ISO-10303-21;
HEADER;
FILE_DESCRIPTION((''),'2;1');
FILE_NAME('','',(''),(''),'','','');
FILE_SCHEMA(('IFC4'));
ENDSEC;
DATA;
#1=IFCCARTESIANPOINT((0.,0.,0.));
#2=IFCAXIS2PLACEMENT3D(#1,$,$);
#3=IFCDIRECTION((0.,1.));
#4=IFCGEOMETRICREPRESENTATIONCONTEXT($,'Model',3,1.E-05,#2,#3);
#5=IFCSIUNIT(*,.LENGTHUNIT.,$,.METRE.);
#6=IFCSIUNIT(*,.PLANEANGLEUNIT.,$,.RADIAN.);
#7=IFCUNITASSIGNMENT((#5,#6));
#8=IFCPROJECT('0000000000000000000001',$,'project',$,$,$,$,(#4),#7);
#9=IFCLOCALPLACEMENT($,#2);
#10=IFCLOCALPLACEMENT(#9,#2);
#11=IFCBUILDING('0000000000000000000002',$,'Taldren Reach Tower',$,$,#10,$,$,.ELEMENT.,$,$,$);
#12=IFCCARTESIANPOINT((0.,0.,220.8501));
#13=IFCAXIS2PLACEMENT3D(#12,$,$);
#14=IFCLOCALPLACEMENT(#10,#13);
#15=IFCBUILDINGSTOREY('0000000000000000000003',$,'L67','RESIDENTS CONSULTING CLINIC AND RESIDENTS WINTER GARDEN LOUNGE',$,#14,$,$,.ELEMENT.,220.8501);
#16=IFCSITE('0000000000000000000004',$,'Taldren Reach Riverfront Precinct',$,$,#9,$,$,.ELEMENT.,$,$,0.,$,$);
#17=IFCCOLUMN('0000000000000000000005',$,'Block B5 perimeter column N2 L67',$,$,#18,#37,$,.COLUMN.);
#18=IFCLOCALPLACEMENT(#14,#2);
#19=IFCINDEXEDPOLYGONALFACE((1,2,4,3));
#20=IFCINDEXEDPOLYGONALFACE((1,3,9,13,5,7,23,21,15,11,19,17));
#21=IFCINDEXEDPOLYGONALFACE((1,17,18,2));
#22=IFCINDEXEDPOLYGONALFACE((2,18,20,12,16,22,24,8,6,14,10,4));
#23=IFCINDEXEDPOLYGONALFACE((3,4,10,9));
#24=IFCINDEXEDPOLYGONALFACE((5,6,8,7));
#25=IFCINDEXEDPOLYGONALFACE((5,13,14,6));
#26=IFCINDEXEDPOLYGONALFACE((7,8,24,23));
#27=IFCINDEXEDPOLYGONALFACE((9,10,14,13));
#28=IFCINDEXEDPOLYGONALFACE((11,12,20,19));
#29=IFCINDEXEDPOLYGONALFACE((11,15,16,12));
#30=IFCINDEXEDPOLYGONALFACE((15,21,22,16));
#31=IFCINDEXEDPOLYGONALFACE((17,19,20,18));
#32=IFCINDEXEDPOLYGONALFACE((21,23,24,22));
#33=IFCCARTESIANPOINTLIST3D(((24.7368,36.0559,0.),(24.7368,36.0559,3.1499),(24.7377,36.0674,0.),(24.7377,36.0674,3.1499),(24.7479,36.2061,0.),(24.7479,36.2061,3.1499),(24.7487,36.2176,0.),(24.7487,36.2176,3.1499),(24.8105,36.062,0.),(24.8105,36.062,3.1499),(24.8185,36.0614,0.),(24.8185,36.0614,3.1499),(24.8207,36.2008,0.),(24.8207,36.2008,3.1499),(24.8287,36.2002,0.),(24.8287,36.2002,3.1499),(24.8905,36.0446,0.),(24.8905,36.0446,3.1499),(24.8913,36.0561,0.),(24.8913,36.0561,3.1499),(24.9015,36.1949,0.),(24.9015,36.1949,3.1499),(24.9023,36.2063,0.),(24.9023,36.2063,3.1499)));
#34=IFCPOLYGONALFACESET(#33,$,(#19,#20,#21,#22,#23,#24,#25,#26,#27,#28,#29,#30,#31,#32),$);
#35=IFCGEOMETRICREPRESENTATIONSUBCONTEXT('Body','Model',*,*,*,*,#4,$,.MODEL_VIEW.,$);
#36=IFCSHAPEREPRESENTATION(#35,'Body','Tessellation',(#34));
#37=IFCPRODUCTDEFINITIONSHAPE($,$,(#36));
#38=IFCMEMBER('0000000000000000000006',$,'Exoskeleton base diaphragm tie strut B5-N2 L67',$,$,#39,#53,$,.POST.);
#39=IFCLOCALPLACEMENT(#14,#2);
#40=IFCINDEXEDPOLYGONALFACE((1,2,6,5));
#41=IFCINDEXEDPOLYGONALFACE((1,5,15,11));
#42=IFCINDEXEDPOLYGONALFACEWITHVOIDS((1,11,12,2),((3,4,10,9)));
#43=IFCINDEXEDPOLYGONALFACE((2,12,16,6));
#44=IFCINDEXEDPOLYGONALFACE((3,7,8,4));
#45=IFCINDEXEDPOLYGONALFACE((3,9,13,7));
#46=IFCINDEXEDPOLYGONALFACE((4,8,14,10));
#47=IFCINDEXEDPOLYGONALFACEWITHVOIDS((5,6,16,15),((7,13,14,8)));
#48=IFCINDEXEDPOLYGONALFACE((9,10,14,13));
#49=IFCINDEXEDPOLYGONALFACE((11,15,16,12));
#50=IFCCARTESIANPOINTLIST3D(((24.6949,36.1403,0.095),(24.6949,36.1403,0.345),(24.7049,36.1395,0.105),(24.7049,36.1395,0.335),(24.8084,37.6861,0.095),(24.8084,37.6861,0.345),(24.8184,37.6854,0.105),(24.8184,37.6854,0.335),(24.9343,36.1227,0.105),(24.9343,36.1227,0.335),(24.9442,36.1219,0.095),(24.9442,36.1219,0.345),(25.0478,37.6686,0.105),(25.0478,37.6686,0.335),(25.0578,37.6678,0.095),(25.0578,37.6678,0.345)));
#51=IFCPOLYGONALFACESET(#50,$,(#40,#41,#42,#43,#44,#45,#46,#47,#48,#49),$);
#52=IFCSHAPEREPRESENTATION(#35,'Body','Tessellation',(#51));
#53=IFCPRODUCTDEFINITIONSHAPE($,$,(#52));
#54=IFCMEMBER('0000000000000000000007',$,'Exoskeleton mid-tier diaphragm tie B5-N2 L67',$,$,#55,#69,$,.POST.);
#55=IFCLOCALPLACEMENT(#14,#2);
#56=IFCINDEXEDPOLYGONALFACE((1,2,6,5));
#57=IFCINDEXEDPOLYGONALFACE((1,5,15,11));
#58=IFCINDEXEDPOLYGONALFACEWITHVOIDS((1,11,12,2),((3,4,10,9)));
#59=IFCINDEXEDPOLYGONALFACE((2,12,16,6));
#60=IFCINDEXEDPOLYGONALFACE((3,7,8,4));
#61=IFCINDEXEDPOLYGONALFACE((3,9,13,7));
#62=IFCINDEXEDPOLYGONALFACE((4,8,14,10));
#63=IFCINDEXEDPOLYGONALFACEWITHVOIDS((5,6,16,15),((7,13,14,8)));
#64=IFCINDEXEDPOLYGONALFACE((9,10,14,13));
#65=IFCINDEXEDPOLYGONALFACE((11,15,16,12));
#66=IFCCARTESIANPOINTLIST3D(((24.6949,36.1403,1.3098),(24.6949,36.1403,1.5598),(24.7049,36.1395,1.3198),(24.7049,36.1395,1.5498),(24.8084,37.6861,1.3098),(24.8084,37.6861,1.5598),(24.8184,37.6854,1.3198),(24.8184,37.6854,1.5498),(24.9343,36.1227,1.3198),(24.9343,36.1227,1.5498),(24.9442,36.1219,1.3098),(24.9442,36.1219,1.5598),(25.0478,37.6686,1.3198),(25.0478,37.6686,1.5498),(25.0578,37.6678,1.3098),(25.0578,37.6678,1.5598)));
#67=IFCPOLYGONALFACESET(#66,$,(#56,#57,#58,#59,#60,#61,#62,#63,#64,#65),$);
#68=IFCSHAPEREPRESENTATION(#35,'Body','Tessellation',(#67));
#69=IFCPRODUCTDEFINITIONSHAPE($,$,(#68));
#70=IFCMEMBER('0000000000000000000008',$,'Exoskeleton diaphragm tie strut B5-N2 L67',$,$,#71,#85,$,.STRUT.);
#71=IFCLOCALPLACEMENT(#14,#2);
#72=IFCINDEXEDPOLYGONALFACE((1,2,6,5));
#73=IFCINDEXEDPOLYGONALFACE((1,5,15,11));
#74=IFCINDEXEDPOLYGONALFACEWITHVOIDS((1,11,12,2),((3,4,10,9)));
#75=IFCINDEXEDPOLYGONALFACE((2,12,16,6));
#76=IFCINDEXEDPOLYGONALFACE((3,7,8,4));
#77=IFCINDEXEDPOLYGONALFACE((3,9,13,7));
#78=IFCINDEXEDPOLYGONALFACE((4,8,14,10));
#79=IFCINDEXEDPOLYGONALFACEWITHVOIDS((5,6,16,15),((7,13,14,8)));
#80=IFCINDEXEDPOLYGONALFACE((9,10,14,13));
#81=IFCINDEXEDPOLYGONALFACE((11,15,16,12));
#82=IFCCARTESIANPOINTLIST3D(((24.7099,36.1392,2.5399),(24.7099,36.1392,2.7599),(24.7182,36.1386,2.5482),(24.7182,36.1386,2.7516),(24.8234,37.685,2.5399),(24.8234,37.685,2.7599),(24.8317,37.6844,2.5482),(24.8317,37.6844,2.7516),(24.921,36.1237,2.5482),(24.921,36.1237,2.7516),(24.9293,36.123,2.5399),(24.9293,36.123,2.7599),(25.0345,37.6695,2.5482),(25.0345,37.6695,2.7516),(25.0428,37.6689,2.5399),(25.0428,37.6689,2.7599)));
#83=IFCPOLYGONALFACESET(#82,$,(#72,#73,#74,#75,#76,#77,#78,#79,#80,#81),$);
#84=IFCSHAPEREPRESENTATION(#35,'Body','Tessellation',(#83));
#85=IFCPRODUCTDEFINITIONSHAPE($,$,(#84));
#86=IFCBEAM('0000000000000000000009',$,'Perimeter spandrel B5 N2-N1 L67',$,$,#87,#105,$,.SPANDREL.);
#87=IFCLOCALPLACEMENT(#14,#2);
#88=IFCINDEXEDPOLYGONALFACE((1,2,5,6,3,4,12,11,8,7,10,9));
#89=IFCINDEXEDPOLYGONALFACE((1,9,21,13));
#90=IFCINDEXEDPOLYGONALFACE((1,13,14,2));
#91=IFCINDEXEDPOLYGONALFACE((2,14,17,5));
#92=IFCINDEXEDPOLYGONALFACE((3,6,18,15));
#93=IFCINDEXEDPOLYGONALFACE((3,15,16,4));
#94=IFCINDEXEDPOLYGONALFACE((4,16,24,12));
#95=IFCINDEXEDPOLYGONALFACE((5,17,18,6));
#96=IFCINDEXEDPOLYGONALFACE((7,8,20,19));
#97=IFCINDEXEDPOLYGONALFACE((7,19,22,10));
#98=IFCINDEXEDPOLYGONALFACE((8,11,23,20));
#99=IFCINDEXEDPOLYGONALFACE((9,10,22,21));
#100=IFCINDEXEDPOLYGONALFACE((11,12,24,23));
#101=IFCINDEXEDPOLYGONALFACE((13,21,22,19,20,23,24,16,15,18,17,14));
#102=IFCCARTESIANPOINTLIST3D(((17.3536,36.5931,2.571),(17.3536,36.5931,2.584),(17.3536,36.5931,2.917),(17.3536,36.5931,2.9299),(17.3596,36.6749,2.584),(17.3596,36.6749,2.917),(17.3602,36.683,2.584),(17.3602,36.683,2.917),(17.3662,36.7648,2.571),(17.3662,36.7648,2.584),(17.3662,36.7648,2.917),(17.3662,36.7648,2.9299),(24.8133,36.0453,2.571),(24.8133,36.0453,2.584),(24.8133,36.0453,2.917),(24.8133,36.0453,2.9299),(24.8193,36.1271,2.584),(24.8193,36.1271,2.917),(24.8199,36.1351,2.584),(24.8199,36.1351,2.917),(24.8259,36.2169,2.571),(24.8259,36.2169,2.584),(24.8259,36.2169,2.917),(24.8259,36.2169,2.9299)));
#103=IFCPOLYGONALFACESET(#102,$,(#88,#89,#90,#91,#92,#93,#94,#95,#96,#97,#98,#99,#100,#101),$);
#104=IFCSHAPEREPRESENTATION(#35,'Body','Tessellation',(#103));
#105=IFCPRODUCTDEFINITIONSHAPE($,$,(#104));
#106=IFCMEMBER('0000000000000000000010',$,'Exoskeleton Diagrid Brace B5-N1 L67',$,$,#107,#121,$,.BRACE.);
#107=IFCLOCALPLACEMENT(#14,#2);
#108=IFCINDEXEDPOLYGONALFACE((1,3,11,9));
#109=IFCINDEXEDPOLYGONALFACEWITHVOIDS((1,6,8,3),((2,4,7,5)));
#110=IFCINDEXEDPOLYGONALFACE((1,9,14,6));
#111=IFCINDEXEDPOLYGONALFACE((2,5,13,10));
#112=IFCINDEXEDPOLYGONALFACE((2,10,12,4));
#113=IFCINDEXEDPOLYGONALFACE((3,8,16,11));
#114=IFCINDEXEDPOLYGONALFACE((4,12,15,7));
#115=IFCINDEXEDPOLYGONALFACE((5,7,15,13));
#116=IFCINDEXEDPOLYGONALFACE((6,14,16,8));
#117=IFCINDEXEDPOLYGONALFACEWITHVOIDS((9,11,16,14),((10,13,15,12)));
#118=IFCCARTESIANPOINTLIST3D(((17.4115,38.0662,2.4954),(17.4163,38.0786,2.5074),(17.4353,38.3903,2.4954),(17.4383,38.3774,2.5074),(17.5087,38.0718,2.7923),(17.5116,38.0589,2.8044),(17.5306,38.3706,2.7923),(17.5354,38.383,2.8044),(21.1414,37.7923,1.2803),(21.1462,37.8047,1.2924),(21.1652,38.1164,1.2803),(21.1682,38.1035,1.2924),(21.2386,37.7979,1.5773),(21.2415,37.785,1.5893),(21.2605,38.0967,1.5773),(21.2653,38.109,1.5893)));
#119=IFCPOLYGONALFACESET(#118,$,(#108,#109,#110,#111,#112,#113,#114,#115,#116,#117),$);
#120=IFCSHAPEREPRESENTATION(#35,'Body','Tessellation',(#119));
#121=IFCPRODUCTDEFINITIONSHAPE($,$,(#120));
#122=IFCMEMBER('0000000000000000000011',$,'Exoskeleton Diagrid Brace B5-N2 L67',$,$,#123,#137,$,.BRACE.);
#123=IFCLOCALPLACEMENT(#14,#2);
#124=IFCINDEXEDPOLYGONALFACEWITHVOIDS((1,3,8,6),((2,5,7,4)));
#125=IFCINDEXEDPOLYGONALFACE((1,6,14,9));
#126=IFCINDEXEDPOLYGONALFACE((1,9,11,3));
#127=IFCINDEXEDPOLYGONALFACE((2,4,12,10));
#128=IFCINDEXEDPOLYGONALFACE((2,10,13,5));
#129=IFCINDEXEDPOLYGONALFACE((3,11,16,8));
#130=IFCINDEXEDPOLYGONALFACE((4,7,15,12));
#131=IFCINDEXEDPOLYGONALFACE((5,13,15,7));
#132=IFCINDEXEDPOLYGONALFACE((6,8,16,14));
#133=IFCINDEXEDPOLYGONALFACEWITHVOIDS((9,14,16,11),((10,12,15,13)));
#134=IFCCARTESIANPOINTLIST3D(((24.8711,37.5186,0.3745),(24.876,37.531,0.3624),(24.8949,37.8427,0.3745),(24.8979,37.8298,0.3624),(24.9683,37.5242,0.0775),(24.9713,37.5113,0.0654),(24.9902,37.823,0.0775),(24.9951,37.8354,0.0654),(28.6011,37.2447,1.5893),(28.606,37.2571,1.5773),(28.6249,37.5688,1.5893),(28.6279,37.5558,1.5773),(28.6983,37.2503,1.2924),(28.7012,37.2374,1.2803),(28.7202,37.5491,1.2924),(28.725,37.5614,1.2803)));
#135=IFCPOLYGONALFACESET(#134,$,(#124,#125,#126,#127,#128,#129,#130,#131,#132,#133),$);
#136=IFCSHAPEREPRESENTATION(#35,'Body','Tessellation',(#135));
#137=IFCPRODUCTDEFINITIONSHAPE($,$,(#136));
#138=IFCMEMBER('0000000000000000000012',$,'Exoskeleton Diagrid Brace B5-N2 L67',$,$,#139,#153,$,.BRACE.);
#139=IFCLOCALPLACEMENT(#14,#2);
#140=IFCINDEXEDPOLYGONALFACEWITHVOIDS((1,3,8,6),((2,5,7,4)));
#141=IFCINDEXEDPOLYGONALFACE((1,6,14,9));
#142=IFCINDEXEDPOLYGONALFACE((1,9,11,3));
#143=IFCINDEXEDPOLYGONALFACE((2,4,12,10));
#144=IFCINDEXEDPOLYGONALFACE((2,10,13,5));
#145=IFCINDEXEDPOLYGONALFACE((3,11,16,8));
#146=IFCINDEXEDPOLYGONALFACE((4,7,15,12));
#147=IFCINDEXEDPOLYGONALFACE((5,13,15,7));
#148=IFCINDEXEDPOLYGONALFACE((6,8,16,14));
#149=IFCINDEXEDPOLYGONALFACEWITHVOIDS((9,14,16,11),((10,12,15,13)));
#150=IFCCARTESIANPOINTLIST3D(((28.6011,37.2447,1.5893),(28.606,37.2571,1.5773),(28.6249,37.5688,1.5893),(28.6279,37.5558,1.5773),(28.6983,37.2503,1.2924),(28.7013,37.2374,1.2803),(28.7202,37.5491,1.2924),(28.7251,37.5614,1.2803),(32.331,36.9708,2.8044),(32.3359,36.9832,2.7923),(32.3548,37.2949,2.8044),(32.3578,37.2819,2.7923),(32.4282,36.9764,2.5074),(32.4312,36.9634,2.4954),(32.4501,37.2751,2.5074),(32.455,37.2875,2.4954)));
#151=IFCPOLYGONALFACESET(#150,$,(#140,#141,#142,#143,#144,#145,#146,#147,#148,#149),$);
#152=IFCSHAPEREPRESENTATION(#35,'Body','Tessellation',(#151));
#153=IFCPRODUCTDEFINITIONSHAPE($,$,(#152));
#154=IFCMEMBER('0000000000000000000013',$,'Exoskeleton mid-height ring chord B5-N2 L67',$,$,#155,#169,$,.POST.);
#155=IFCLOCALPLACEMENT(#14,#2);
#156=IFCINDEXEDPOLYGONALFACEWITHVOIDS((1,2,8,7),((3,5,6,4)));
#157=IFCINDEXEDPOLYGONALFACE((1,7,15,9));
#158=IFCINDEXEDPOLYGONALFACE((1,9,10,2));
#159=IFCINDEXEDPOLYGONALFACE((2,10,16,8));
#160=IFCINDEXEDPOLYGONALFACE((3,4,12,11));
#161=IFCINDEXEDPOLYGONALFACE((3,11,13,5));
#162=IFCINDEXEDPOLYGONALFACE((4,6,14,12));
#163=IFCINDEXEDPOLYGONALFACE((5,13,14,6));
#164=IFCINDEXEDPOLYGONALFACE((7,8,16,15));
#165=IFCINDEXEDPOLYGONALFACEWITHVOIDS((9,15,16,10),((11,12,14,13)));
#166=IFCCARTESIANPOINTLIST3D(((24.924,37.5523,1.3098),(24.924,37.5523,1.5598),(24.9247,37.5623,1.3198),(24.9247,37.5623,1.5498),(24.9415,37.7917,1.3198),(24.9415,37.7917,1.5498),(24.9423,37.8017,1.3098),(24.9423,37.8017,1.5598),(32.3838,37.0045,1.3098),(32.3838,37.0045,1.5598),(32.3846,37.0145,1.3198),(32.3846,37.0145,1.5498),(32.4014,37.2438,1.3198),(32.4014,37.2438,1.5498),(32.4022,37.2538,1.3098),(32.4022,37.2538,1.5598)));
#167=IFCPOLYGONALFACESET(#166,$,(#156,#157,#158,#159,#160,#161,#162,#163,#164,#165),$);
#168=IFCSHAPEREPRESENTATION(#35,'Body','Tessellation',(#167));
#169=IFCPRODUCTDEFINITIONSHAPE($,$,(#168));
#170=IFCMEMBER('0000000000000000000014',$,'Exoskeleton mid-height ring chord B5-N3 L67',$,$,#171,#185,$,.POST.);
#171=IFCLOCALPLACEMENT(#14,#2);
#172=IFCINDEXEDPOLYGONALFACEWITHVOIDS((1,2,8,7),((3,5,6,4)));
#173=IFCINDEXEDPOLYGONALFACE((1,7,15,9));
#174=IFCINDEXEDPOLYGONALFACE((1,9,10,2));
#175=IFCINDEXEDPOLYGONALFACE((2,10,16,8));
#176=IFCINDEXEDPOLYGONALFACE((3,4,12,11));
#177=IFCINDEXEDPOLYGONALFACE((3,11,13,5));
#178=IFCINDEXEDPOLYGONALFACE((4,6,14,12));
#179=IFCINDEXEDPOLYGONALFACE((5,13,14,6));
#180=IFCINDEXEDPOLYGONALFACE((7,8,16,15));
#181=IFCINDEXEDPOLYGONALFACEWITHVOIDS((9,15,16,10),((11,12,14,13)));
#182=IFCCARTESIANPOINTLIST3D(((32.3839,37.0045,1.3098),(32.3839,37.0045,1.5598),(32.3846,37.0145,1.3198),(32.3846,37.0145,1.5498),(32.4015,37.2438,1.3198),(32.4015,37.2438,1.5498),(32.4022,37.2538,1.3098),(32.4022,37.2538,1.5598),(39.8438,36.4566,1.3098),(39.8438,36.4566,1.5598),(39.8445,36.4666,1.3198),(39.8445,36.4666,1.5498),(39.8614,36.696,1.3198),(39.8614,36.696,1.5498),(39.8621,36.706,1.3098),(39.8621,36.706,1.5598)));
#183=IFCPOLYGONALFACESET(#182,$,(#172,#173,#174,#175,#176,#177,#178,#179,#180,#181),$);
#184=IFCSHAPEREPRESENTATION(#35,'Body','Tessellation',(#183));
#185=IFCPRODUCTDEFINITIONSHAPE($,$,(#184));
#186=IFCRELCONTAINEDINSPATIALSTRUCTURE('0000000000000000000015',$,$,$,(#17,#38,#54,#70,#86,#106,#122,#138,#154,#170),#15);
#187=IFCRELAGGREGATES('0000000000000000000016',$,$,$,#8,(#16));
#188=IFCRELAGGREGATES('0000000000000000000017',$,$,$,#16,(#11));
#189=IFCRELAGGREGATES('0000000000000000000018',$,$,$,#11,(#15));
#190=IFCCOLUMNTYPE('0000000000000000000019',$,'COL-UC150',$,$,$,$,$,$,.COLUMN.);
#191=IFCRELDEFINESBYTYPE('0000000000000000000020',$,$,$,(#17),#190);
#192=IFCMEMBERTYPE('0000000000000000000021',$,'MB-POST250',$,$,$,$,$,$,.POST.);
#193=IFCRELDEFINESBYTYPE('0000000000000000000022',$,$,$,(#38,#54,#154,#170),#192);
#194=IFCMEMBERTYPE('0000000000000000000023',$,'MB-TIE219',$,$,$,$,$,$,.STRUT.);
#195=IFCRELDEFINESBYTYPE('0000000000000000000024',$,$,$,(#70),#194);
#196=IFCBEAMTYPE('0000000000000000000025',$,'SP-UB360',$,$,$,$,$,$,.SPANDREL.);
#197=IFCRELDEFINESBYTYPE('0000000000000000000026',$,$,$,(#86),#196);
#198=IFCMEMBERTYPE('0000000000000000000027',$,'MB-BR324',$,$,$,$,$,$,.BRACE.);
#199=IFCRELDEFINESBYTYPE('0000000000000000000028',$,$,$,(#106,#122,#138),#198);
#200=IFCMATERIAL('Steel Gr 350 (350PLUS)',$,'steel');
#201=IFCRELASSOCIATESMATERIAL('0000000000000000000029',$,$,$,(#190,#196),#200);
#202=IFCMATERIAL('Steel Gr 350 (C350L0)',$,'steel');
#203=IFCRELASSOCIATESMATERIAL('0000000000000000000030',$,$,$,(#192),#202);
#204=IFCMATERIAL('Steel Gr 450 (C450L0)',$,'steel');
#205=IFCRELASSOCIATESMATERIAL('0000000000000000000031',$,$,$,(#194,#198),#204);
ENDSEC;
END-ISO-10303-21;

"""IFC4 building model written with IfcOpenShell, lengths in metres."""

from ifc_helpers import new_model, si_unit, direction, frame, origin, origin_2d, place, context, subcontext, project, spatial, hollow_rectangle, i_section, extrude, source, transform, mapped, material, material_profile, profile_set, type_object, element, save


model = new_model("IFC4")

# Units and contexts
model_context = context("Model", 3, precision=1e-05, world=origin(), true_north=direction((0.0, 1.0)))
body_context = subcontext(model_context, "Body", "Model", "MODEL_VIEW")
ifc_project = project(units=[si_unit("LENGTHUNIT", "METRE"), si_unit("PLANEANGLEUNIT", "RADIAN")], contexts=[model_context])

# Site, building, storey
site_placement = place(None, origin())
site = spatial("IfcSite", under=ifc_project, at=site_placement, Name="Taldren Reach Riverfront Precinct", CompositionType="ELEMENT", RefElevation=0.0)
building_placement = place(site_placement, origin())
building = spatial("IfcBuilding", under=site, at=building_placement, Name="Taldren Reach Tower", CompositionType="ELEMENT")
storey_placement = place(building_placement, frame((0.0, 0.0, 220.8501)))
storey = spatial("IfcBuildingStorey", under=building, at=storey_placement, Name="L67", Description="RESIDENTS CONSULTING CLINIC AND RESIDENTS WINTER GARDEN LOUNGE", CompositionType="ELEMENT", Elevation=220.8501)

# Column
ifc_material_1 = material(Name="Steel Gr 350 (350PLUS)", Category="steel")
ifc_material_profile_1 = material_profile(ifc_material_1, i_section(OverallWidth=0.1541, OverallDepth=0.1621, WebThickness=0.0081, FlangeThickness=0.0115, at=origin_2d()), Name="150UC37.2")
ifc_profile_set_1 = profile_set([ifc_material_profile_1], Name="Steel Gr 350 (350PLUS)")
column_type = type_object("IfcColumnType", Name="COL-UC150", PredefinedType="COLUMN", material=ifc_profile_set_1)
shared_shape_1 = source(origin(), body_context, "Body", "SweptSolid", [
    extrude(i_section(OverallWidth=0.1541, OverallDepth=0.1621, WebThickness=0.0081, FlangeThickness=0.0115, at=origin_2d()), origin(), (0.0, 0.0, 1.0), 3.1499),
])
column_placement = place(storey_placement, frame((24.8196, 36.1311, 0.0), z_axis=(0.0, 0.0, 1.0), x_axis=(0.997314, -0.073238, 0.0)))
element("IfcColumn", 1, at=column_placement, inside=storey, type_object=column_type, Name="Block B5 perimeter column N2 L67", PredefinedType="COLUMN", context=body_context, shape_type="MappedRepresentation", body=[
    mapped(shared_shape_1, transform((0.0, 0.0, 0.0), scale=1.0)),
])

# Members
ifc_material_2 = material(Name="Steel Gr 350 (C350L0)", Category="steel")
ifc_material_profile_2 = material_profile(ifc_material_2, hollow_rectangle(XDim=0.25, YDim=0.25, WallThickness=0.01, at=origin_2d()), Name="250x250x10.0SHS")
ifc_profile_set_2 = profile_set([ifc_material_profile_2], Name="Steel Gr 350 (C350L0)")
member_type_1 = type_object("IfcMemberType", Name="MB-POST250", PredefinedType="POST", material=ifc_profile_set_2)
shared_shape_2 = source(origin(), body_context, "Body", "SweptSolid", [
    extrude(hollow_rectangle(XDim=0.25, YDim=0.25, WallThickness=0.01, at=origin_2d()), origin(), (0.0, 0.0, 1.0), 1.55),
])
for number, where, z_axis, x_axis, name in (
    (2, (24.8196, 36.1311, 0.22), (0.073239, 0.997314, 0.0), (-0.997314, 0.073239, 0.0), "Exoskeleton base diaphragm tie strut B5-N2 L67"),
    (3, (24.8196, 36.1311, 1.4348), (0.073239, 0.997314, 0.0), (-0.997314, 0.073239, 0.0), "Exoskeleton mid-tier diaphragm tie B5-N2 L67"),
):
    element("IfcMember", number, at=place(storey_placement, frame(where, z_axis=z_axis, x_axis=x_axis)), inside=storey, type_object=member_type_1, Name=name, PredefinedType="POST", context=body_context, shape_type="MappedRepresentation", body=[
        mapped(shared_shape_2, transform((0.0, 0.0, 0.0), scale=1.0)),
    ])
ifc_material_3 = material(Name="Steel Gr 450 (C450L0)", Category="steel")
ifc_material_profile_3 = material_profile(ifc_material_3, hollow_rectangle(XDim=0.22, YDim=0.22, WallThickness=0.0083, at=origin_2d()), Name="220x220x8.2SHS")
ifc_profile_set_3 = profile_set([ifc_material_profile_3], Name="Steel Gr 450 (C450L0)")
member_type_2 = type_object("IfcMemberType", Name="MB-TIE219", PredefinedType="STRUT", material=ifc_profile_set_3)
shared_shape_3 = source(origin(), body_context, "Body", "SweptSolid", [
    extrude(hollow_rectangle(XDim=0.22, YDim=0.22, WallThickness=0.0083, at=origin_2d()), origin(), (0.0, 0.0, 1.0), 1.55),
])
member_1_placement = place(storey_placement, frame((24.8196, 36.1311, 2.6499), z_axis=(0.073239, 0.997314, 0.0), x_axis=(-0.997314, 0.073239, 0.0)))
element("IfcMember", 4, at=member_1_placement, inside=storey, type_object=member_type_2, Name="Exoskeleton diaphragm tie strut B5-N2 L67", PredefinedType="STRUT", context=body_context, shape_type="MappedRepresentation", body=[
    mapped(shared_shape_3, transform((0.0, 0.0, 0.0), scale=1.0)),
])

# Beam
ifc_material_profile_4 = material_profile(ifc_material_1, i_section(OverallWidth=0.1721, OverallDepth=0.3589, WebThickness=0.0081, FlangeThickness=0.0129, at=origin_2d()), Name="360UB56.7")
ifc_profile_set_4 = profile_set([ifc_material_profile_4], Name="Steel Gr 350 (350PLUS)")
beam_type = type_object("IfcBeamType", Name="SP-UB360", PredefinedType="SPANDREL", material=ifc_profile_set_4)
shared_shape_4 = source(origin(), body_context, "Body", "SweptSolid", [
    extrude(i_section(OverallWidth=0.1721, OverallDepth=0.3589, WebThickness=0.0081, FlangeThickness=0.0129, at=origin_2d()), origin(), (0.0, 0.0, 1.0), 7.4797),
])
beam_placement = place(storey_placement, frame((24.8196, 36.1311, 2.7505), z_axis=(-0.997314, 0.073244, 0.0), x_axis=(-0.073244, -0.997314, 0.0)))
element("IfcBeam", 5, at=beam_placement, inside=storey, type_object=beam_type, Name="Perimeter spandrel B5 N2-N1 L67", PredefinedType="SPANDREL", context=body_context, shape_type="MappedRepresentation", body=[
    mapped(shared_shape_4, transform((0.0, 0.0, 0.0), scale=1.0)),
])

# Members
ifc_material_profile_5 = material_profile(ifc_material_3, hollow_rectangle(XDim=0.325, YDim=0.325, WallThickness=0.0127, at=origin_2d()), Name="325x325x12.7SHS")
ifc_profile_set_5 = profile_set([ifc_material_profile_5], Name="Steel Gr 450 (C450L0)")
member_type_3 = type_object("IfcMemberType", Name="MB-BR324", PredefinedType="BRACE", material=ifc_profile_set_5)
shared_shape_5 = source(origin(), body_context, "Body", "SweptSolid", [
    extrude(hollow_rectangle(XDim=0.325, YDim=0.325, WallThickness=0.0127, at=origin_2d()), origin(), (0.0, 0.0, 1.0), 3.9324),
])
for number, where, z_axis, x_axis, name in (
    (6, (21.2034, 37.9507, 1.4348), (-0.948511, 0.069658, 0.308989), (-0.073242, -0.997314, 0.0), "Exoskeleton Diagrid Brace B5-N1 L67"),
    (7, (24.9331, 37.677, 0.22), (0.948529, -0.069659, 0.308933), (0.073242, 0.997314, 0.0), "Exoskeleton Diagrid Brace B5-N2 L67"),
    (8, (28.6631, 37.4031, 1.4348), (0.948511, -0.069658, 0.308989), (0.073242, 0.997314, 0.0), "Exoskeleton Diagrid Brace B5-N2 L67"),
):
    element("IfcMember", number, at=place(storey_placement, frame(where, z_axis=z_axis, x_axis=x_axis)), inside=storey, type_object=member_type_3, Name=name, PredefinedType="BRACE", context=body_context, shape_type="MappedRepresentation", body=[
        mapped(shared_shape_5, transform((0.0, 0.0, 0.0), scale=1.0)),
    ])
shared_shape_6 = source(origin(), body_context, "Body", "SweptSolid", [
    extrude(hollow_rectangle(XDim=0.25, YDim=0.25, WallThickness=0.01, at=origin_2d()), origin(), (0.0, 0.0, 1.0), 7.48),
])
for number, where, z_axis, x_axis, name in (
    (9, (24.9331, 37.677, 1.4348), (0.997314, -0.073242, 0.0), (0.073242, 0.997314, 0.0), "Exoskeleton mid-height ring chord B5-N2 L67"),
    (10, (32.3931, 37.1292, 1.4348), (0.997314, -0.073242, 0.0), (0.073242, 0.997314, 0.0), "Exoskeleton mid-height ring chord B5-N3 L67"),
):
    element("IfcMember", number, at=place(storey_placement, frame(where, z_axis=z_axis, x_axis=x_axis)), inside=storey, type_object=member_type_1, Name=name, PredefinedType="POST", context=body_context, shape_type="MappedRepresentation", body=[
        mapped(shared_shape_6, transform((0.0, 0.0, 0.0), scale=1.0)),
    ])

save(model, "model.ifc")
